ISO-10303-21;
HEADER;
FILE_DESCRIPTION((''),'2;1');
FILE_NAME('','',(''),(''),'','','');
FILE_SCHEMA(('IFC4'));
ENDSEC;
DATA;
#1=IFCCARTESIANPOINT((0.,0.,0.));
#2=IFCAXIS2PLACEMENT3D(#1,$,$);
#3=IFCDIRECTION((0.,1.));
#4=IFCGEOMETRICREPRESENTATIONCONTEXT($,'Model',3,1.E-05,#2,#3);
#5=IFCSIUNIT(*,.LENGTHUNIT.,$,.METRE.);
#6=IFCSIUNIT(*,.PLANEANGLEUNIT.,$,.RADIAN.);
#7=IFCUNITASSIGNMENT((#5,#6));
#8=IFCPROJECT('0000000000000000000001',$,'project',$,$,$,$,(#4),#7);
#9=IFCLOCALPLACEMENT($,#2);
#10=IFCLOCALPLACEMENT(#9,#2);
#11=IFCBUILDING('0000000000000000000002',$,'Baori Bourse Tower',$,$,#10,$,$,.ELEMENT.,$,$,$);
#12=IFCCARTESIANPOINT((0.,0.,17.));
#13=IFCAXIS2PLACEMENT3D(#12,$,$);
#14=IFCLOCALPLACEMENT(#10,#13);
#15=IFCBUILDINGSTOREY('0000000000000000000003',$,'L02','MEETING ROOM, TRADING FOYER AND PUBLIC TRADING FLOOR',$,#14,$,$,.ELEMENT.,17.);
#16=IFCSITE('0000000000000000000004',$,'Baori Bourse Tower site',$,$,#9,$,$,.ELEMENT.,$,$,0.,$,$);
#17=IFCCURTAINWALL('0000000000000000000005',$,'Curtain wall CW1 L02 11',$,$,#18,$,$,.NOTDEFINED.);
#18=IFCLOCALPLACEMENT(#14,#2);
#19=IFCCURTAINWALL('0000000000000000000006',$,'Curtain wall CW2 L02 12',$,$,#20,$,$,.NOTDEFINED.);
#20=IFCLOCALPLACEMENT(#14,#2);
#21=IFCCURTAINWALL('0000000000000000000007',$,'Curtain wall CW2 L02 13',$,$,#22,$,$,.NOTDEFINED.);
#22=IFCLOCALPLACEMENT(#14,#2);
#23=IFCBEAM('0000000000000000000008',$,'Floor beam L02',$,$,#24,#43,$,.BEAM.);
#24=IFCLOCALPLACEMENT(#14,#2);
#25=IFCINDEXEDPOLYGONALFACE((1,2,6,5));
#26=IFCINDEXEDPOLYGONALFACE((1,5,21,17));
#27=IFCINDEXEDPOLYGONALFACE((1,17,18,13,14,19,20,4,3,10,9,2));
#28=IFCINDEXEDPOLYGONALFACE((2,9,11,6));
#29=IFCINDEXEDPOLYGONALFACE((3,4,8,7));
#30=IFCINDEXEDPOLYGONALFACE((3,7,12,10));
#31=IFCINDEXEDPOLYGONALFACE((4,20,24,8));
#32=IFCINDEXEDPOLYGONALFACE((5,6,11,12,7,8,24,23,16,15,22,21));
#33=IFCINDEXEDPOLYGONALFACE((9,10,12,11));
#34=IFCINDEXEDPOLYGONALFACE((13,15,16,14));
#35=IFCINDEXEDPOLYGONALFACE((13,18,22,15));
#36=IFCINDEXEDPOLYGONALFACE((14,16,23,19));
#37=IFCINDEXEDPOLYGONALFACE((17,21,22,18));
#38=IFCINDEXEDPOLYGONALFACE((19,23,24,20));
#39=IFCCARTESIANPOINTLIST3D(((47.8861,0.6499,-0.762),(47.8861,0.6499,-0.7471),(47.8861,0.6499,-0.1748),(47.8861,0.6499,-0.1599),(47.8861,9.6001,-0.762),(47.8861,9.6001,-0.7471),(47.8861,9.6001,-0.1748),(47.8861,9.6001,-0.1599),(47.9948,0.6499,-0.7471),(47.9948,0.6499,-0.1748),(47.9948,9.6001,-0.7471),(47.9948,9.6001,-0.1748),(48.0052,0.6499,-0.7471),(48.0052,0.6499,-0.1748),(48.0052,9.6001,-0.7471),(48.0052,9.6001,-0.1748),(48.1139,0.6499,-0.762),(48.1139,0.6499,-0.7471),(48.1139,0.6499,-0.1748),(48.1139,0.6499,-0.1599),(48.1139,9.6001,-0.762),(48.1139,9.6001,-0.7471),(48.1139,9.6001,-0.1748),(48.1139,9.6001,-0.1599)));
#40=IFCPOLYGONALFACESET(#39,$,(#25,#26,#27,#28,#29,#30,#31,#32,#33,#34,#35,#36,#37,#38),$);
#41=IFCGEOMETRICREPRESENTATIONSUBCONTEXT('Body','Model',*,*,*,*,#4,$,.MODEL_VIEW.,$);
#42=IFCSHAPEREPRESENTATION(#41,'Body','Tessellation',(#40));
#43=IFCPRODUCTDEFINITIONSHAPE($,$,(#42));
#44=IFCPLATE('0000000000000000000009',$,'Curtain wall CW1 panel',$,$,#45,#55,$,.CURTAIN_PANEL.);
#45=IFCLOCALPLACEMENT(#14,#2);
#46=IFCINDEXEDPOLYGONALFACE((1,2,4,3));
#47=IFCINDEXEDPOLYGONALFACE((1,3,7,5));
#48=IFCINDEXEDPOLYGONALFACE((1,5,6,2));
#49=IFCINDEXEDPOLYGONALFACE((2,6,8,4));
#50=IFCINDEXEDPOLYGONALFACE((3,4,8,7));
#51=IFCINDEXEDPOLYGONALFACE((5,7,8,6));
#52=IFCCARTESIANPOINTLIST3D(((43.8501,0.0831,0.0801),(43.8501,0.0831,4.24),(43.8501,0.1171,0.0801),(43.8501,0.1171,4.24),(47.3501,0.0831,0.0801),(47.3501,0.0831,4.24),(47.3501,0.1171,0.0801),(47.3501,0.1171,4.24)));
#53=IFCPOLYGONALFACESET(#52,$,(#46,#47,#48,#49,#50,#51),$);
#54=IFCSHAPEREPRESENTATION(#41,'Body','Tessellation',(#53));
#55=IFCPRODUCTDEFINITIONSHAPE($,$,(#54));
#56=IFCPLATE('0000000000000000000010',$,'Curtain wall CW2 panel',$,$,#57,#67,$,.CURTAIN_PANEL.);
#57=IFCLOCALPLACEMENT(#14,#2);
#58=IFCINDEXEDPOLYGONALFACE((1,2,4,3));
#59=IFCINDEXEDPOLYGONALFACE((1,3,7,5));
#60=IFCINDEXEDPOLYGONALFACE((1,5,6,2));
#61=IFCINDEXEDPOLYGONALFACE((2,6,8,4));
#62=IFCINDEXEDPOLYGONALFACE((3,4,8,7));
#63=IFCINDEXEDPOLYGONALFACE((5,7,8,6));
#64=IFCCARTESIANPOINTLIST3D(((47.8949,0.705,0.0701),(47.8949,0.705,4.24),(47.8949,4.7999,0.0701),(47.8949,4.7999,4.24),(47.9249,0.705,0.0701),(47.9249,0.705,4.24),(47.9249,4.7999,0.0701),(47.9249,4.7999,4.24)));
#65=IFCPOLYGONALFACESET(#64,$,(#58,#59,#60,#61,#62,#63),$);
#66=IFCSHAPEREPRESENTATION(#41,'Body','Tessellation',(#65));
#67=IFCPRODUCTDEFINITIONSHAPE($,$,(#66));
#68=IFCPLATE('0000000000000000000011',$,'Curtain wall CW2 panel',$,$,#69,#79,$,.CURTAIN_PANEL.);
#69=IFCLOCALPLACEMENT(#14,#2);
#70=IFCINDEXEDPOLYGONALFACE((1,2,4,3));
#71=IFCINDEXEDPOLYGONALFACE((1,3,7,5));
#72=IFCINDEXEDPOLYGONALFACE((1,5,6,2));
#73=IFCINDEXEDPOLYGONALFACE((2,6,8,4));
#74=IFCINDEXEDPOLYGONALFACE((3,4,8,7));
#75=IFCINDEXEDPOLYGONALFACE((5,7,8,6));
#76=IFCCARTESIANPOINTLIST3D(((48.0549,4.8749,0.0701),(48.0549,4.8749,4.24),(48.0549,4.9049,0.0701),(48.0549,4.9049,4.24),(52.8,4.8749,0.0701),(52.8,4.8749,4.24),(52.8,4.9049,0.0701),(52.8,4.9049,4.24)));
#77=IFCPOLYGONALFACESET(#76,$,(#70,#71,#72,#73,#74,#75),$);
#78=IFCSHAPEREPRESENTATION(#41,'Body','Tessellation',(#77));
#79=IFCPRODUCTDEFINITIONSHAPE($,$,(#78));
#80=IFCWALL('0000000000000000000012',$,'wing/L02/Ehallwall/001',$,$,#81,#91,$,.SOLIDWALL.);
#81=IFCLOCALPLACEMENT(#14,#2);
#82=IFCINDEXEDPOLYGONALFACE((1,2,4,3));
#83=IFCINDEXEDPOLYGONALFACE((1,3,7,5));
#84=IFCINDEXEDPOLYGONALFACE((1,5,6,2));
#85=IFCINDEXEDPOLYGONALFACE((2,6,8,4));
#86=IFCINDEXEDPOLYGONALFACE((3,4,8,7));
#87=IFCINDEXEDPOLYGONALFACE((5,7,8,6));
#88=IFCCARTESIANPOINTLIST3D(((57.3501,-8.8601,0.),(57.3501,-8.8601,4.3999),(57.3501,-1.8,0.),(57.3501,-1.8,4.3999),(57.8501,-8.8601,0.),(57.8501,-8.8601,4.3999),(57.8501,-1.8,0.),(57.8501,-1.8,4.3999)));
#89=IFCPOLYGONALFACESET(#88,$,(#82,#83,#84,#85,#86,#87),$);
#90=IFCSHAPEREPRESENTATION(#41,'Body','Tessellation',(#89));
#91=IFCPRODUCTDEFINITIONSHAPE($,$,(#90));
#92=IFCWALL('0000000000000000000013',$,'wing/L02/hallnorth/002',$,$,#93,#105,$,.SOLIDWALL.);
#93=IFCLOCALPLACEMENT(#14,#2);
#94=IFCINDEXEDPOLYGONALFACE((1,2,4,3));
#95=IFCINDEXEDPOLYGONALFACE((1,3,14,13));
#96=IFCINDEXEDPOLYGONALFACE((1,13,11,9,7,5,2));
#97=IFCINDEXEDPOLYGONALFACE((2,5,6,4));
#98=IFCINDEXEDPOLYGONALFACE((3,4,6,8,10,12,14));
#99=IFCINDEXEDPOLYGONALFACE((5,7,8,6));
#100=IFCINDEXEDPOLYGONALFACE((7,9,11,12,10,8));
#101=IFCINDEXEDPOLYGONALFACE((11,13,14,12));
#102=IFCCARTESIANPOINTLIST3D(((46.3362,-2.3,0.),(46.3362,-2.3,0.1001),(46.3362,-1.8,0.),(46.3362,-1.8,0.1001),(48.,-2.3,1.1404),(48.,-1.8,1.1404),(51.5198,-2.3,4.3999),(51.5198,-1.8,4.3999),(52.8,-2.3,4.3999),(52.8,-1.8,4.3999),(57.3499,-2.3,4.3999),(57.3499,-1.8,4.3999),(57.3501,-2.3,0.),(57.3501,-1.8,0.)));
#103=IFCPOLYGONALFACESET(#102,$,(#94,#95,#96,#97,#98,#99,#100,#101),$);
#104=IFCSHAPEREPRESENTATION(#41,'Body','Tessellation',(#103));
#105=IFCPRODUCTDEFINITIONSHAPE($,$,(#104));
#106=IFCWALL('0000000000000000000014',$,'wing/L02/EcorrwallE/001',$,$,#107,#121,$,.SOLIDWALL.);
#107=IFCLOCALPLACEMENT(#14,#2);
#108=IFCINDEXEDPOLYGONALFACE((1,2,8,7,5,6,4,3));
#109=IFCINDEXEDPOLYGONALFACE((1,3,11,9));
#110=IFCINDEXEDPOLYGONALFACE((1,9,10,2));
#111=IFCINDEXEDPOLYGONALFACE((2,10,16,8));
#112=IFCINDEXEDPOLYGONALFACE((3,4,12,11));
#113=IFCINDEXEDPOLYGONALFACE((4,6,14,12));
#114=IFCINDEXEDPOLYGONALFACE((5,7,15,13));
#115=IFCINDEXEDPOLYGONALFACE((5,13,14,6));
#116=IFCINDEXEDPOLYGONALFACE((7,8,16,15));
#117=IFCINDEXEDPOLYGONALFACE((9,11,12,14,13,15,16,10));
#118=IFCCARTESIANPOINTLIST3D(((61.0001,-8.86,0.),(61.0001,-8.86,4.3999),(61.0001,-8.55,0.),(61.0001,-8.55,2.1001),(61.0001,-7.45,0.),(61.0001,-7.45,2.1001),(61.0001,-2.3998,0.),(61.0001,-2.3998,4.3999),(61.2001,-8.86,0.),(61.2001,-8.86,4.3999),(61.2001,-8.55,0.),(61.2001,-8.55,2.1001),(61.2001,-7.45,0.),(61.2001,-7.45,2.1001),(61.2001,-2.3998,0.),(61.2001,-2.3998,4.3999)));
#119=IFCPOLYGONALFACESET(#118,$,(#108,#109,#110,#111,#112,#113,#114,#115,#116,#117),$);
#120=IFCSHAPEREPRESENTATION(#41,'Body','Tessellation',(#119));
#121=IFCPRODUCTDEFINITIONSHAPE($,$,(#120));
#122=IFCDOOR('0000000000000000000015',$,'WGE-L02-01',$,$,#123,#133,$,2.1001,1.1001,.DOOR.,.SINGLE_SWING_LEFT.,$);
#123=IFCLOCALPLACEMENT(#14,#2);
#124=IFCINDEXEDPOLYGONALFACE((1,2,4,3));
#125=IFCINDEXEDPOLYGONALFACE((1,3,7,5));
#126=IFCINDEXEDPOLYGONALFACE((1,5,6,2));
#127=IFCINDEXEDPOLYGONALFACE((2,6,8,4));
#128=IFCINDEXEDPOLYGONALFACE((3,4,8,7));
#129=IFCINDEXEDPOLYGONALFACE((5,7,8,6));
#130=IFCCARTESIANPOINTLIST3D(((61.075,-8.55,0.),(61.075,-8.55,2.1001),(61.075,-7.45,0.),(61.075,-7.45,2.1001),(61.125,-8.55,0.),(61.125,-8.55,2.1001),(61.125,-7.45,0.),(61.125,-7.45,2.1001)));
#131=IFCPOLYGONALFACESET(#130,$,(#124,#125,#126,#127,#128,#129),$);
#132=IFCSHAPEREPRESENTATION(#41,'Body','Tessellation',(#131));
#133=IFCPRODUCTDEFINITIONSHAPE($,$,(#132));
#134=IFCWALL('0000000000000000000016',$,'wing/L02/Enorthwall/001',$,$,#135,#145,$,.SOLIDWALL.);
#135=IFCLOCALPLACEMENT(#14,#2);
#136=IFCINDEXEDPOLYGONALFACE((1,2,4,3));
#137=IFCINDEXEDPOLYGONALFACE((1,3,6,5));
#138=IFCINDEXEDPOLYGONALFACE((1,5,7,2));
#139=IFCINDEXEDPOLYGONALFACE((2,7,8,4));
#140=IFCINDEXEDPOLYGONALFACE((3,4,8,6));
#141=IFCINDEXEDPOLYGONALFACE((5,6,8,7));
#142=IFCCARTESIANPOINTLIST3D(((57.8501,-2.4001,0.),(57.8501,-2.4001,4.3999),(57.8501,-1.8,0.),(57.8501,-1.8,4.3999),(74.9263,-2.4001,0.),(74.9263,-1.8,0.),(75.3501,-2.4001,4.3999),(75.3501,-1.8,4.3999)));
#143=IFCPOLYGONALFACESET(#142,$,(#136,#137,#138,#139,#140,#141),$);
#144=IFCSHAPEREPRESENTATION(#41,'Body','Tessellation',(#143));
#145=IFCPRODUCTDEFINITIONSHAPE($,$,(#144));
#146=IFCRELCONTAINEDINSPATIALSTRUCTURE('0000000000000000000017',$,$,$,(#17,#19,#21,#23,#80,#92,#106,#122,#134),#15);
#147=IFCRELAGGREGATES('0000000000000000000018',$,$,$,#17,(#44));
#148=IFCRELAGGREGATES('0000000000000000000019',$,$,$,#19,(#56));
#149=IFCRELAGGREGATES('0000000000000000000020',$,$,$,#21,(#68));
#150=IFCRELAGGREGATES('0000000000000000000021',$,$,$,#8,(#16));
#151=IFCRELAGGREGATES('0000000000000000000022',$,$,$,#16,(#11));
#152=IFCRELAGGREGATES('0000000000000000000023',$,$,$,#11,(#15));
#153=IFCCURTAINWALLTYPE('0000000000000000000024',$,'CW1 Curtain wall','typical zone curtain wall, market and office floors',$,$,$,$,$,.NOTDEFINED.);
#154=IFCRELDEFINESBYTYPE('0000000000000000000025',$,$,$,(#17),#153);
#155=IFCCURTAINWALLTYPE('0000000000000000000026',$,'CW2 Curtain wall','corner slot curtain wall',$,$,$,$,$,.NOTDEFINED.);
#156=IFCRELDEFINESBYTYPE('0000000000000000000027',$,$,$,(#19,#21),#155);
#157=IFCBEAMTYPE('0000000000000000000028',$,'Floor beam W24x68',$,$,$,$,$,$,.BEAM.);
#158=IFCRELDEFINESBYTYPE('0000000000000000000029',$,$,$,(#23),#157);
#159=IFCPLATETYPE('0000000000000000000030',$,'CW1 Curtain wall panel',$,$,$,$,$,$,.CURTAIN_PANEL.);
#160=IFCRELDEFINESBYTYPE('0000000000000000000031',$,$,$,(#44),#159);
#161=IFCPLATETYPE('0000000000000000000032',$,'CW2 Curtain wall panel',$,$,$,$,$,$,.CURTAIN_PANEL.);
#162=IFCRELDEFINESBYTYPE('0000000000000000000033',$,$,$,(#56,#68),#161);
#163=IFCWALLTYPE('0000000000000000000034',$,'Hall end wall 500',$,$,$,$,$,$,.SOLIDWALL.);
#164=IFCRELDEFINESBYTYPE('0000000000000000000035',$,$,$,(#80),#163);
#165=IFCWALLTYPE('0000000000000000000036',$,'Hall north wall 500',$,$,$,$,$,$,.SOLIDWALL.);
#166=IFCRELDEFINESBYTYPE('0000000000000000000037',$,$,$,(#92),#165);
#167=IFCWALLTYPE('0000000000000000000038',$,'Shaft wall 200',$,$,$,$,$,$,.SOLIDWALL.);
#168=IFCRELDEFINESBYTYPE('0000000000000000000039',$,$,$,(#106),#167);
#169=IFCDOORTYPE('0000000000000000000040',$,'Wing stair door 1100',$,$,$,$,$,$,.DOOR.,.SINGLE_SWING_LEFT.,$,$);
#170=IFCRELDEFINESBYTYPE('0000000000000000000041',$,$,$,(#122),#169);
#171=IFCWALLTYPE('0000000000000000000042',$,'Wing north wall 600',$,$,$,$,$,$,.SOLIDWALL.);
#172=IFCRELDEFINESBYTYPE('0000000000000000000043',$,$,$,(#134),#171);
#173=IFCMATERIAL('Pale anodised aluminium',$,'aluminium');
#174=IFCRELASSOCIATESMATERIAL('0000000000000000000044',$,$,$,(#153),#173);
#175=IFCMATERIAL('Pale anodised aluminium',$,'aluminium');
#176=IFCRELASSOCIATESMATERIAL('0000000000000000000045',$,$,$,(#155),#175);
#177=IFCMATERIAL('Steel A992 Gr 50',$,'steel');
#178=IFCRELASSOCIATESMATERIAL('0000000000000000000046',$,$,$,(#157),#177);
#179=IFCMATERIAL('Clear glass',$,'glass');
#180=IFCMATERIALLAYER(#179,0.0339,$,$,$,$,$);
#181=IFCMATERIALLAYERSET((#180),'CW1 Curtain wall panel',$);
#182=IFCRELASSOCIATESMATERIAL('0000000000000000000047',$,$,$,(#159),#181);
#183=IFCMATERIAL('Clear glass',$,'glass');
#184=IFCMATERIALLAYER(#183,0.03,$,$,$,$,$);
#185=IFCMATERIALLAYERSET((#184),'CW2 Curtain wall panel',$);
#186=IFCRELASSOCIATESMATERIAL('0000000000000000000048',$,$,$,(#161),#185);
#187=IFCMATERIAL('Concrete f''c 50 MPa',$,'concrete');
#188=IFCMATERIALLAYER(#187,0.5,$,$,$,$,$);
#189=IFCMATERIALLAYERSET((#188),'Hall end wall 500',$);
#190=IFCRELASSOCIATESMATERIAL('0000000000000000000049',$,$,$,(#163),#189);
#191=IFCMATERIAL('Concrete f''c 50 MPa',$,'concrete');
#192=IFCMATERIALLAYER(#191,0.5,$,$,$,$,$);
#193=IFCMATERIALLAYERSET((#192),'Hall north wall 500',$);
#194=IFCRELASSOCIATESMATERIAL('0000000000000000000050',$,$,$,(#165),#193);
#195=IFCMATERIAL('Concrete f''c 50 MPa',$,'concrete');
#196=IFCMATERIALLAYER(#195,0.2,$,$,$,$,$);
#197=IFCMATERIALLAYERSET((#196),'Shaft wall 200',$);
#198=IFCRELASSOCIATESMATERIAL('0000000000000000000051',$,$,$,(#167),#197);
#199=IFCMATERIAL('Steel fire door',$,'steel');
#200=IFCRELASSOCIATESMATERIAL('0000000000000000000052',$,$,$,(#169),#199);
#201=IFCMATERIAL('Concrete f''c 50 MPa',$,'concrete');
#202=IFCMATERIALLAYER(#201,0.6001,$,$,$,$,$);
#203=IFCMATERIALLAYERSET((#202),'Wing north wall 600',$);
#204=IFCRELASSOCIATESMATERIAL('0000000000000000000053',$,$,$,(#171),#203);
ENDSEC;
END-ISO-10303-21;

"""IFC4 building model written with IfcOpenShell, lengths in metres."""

from ifc_helpers import new_model, si_unit, direction, frame, frame_2d, origin, origin_2d, place, context, subcontext, project, spatial, polyline, rectangle, i_section, outline, extrude, material, layer, layer_set, material_profile, profile_set, type_object, element, fill, aggregate, save


model = new_model("IFC4")

# Units and contexts
model_context = context("Model", 3, precision=1e-05, world=origin(), true_north=direction((0.0, 1.0)))
body_context = subcontext(model_context, "Body", "Model", "MODEL_VIEW")
ifc_project = project(units=[si_unit("LENGTHUNIT", "METRE"), si_unit("PLANEANGLEUNIT", "RADIAN")], contexts=[model_context])

# Site, building, storey
site_placement = place(None, origin())
site = spatial("IfcSite", under=ifc_project, at=site_placement, Name="Baori Bourse Tower site", CompositionType="ELEMENT", RefElevation=0.0)
building_placement = place(site_placement, origin())
building = spatial("IfcBuilding", under=site, at=building_placement, Name="Baori Bourse Tower", CompositionType="ELEMENT")
storey_placement = place(building_placement, frame((0.0, 0.0, 17.0)))
storey = spatial("IfcBuildingStorey", under=building, at=storey_placement, Name="L02", Description="MEETING ROOM, TRADING FOYER AND PUBLIC TRADING FLOOR", CompositionType="ELEMENT", Elevation=17.0)

# Curtain walls
ifc_material_1 = material(Name="Pale anodised aluminium", Category="aluminium")
curtain_wall_type_1 = type_object("IfcCurtainWallType", Name="CW1 Curtain wall", Description="typical zone curtain wall, market and office floors", PredefinedType="NOTDEFINED", material=ifc_material_1)
curtain_wall_1_placement = place(storey_placement, origin())
curtain_wall_1 = element("IfcCurtainWall", 1, at=curtain_wall_1_placement, inside=storey, type_object=curtain_wall_type_1, Name="Curtain wall CW1 L02 11", PredefinedType="NOTDEFINED")
ifc_material_2 = material(Name="Pale anodised aluminium", Category="aluminium")
curtain_wall_type_2 = type_object("IfcCurtainWallType", Name="CW2 Curtain wall", Description="corner slot curtain wall", PredefinedType="NOTDEFINED", material=ifc_material_2)
curtain_wall_2_placement = place(storey_placement, origin())
curtain_wall_2 = element("IfcCurtainWall", 2, at=curtain_wall_2_placement, inside=storey, type_object=curtain_wall_type_2, Name="Curtain wall CW2 L02 12", PredefinedType="NOTDEFINED")
curtain_wall_3_placement = place(storey_placement, origin())
curtain_wall_3 = element("IfcCurtainWall", 3, at=curtain_wall_3_placement, inside=storey, type_object=curtain_wall_type_2, Name="Curtain wall CW2 L02 13", PredefinedType="NOTDEFINED")

# Beam
ifc_material_3 = material(Name="Steel A992 Gr 50", Category="steel")
ifc_material_profile_1 = material_profile(ifc_material_3, i_section(OverallWidth=0.2278, OverallDepth=0.6021, WebThickness=0.0105, FlangeThickness=0.0149, at=origin_2d()), Name="W24x68")
ifc_profile_set_1 = profile_set([ifc_material_profile_1], Name="Steel A992 Gr 50")
beam_type_1 = type_object("IfcBeamType", Name="Floor beam W24x68", PredefinedType="BEAM", material=ifc_profile_set_1)
beam_1_placement = place(storey_placement, frame((48.0, 0.6499, -0.4609), z_axis=(0.0, 1.0, 0.0), x_axis=(-1.0, 0.0, 0.0)))
element("IfcBeam", 4, at=beam_1_placement, inside=storey, type_object=beam_type_1, Name="Floor beam L02", PredefinedType="BEAM", context=body_context, shape_type="SweptSolid", body=[
    extrude(i_section(OverallWidth=0.2278, OverallDepth=0.6021, WebThickness=0.0105, FlangeThickness=0.0149, at=origin_2d()), origin(), (0.0, 0.0, 1.0), 8.9502),
])

# Plates
ifc_material_4 = material(Name="Clear glass", Category="glass")
ifc_layer_1 = layer(ifc_material_4, 0.0339)
ifc_layer_set_1 = layer_set([ifc_layer_1], Name="CW1 Curtain wall panel")
plate_type_1 = type_object("IfcPlateType", Name="CW1 Curtain wall panel", PredefinedType="CURTAIN_PANEL", material=ifc_layer_set_1)
plate_1_placement = place(storey_placement, frame((45.6001, 0.1001, 0.0801), z_axis=(0.0, 0.0, 1.0), x_axis=(1.0, 0.0, 0.0)))
plate_1 = element("IfcPlate", 5, at=plate_1_placement, type_object=plate_type_1, Name="Curtain wall CW1 panel", PredefinedType="CURTAIN_PANEL", context=body_context, shape_type="SweptSolid", body=[
    extrude(rectangle(XDim=3.5, YDim=0.0339, at=origin_2d()), origin(), (0.0, 0.0, 1.0), 4.1599),
])
aggregate(curtain_wall_1, [plate_1])
ifc_material_5 = material(Name="Clear glass", Category="glass")
ifc_layer_2 = layer(ifc_material_5, 0.03)
ifc_layer_set_2 = layer_set([ifc_layer_2], Name="CW2 Curtain wall panel")
plate_type_2 = type_object("IfcPlateType", Name="CW2 Curtain wall panel", PredefinedType="CURTAIN_PANEL", material=ifc_layer_set_2)
plate_2_placement = place(storey_placement, frame((47.9099, 2.7524, 0.0701), z_axis=(0.0, 0.0, 1.0), x_axis=(0.0, 1.0, 0.0)))
plate_2 = element("IfcPlate", 6, at=plate_2_placement, type_object=plate_type_2, Name="Curtain wall CW2 panel", PredefinedType="CURTAIN_PANEL", context=body_context, shape_type="SweptSolid", body=[
    extrude(rectangle(XDim=4.095, YDim=0.03, at=origin_2d()), origin(), (0.0, 0.0, 1.0), 4.1699),
])
aggregate(curtain_wall_2, [plate_2])
plate_3_placement = place(storey_placement, frame((50.4275, 4.8899, 0.0701), z_axis=(0.0, 0.0, 1.0), x_axis=(1.0, 0.0, 0.0)))
plate_3 = element("IfcPlate", 7, at=plate_3_placement, type_object=plate_type_2, Name="Curtain wall CW2 panel", PredefinedType="CURTAIN_PANEL", context=body_context, shape_type="SweptSolid", body=[
    extrude(rectangle(XDim=4.7451, YDim=0.03, at=origin_2d()), origin(), (0.0, 0.0, 1.0), 4.1699),
])
aggregate(curtain_wall_3, [plate_3])

# Walls
ifc_material_6 = material(Name="Concrete f'c 50 MPa", Category="concrete")
ifc_layer_3 = layer(ifc_material_6, 0.5)
ifc_layer_set_3 = layer_set([ifc_layer_3], Name="Hall end wall 500")
wall_type_1 = type_object("IfcWallType", Name="Hall end wall 500", PredefinedType="SOLIDWALL", material=ifc_layer_set_3)
wall_1_placement = place(storey_placement, frame((57.6001, -1.8, 0.0), z_axis=(0.0, 0.0, 1.0), x_axis=(0.0, -1.0, 0.0)))
element("IfcWall", 8, at=wall_1_placement, inside=storey, type_object=wall_type_1, Name="wing/L02/Ehallwall/001", PredefinedType="SOLIDWALL", context=body_context, shape_type="SweptSolid", body=[
    extrude(rectangle(XDim=7.0601, YDim=0.5, at=frame_2d((3.53, 0.0))), origin(), (0.0, 0.0, 1.0), 4.3999),
])
ifc_material_7 = material(Name="Concrete f'c 50 MPa", Category="concrete")
ifc_layer_4 = layer(ifc_material_7, 0.5)
ifc_layer_set_4 = layer_set([ifc_layer_4], Name="Hall north wall 500")
wall_type_2 = type_object("IfcWallType", Name="Hall north wall 500", PredefinedType="SOLIDWALL", material=ifc_layer_set_4)
wall_2_placement = place(storey_placement, frame((46.3362, -2.05, 0.0), z_axis=(0.0, 0.0, 1.0), x_axis=(1.0, 0.0, 0.0)))
element("IfcWall", 9, at=wall_2_placement, inside=storey, type_object=wall_type_2, Name="wing/L02/hallnorth/002", PredefinedType="SOLIDWALL", context=body_context, shape_type="SweptSolid", body=[
    extrude(outline(polyline([(0.0, 0.0), (11.0139, 0.0), (11.0137, 4.3999), (6.4639, 4.3999), (5.1836, 4.3999), (1.6638, 1.1404), (0.0, 0.1001), (0.0, 0.0)])), frame((0.0, 0.25, 0.0), z_axis=(0.0, -1.0, 0.0), x_axis=(1.0, 0.0, 0.0)), (0.0, 0.0, 1.0), 0.5),
])

# Wall, opening, door
ifc_material_8 = material(Name="Concrete f'c 50 MPa", Category="concrete")
ifc_layer_5 = layer(ifc_material_8, 0.2)
ifc_layer_set_5 = layer_set([ifc_layer_5], Name="Shaft wall 200")
wall_type_3 = type_object("IfcWallType", Name="Shaft wall 200", PredefinedType="SOLIDWALL", material=ifc_layer_set_5)
wall_3_placement = place(storey_placement, frame((61.1001, -2.3999, 0.0), z_axis=(0.0, 0.0, 1.0), x_axis=(0.0, -1.0, 0.0)))
wall_3 = element("IfcWall", 10, at=wall_3_placement, inside=storey, type_object=wall_type_3, Name="wing/L02/EcorrwallE/001", PredefinedType="SOLIDWALL", context=body_context, shape_type="SweptSolid", body=[
    extrude(rectangle(XDim=6.4602, YDim=0.2, at=frame_2d((3.23, 0.0))), origin(), (0.0, 0.0, 1.0), 4.3999),
])
opening_placement = place(wall_3_placement, frame((5.05, 0.0, 0.0)))
opening = element("IfcOpeningElement", 11, at=opening_placement, cuts=wall_3, PredefinedType="OPENING", context=body_context, shape_type="SweptSolid", body=[
    extrude(rectangle(XDim=1.1001, YDim=2.1001, at=frame_2d((0.55, 1.05))), frame((0.0, 0.1099, 0.0), z_axis=(0.0, -1.0, 0.0), x_axis=(1.0, 0.0, 0.0)), (0.0, 0.0, 1.0), 0.22),
])
ifc_material_9 = material(Name="Steel fire door", Category="steel")
door_type = type_object("IfcDoorType", Name="Wing stair door 1100", OperationType="SINGLE_SWING_LEFT", PredefinedType="DOOR", material=ifc_material_9)
door_placement = place(opening_placement, origin())
door = element("IfcDoor", 12, at=door_placement, inside=storey, type_object=door_type, Name="WGE-L02-01", OperationType="SINGLE_SWING_LEFT", OverallHeight=2.1001, OverallWidth=1.1001, PredefinedType="DOOR", context=body_context, shape_type="SweptSolid", body=[
    extrude(rectangle(XDim=1.1001, YDim=2.1001, at=frame_2d((0.55, 1.05))), frame((0.0, 0.0249, 0.0), z_axis=(0.0, -1.0, 0.0), x_axis=(1.0, 0.0, 0.0)), (0.0, 0.0, 1.0), 0.05),
])
fill(opening, door)

# Wall
ifc_material_10 = material(Name="Concrete f'c 50 MPa", Category="concrete")
ifc_layer_6 = layer(ifc_material_10, 0.6001)
ifc_layer_set_6 = layer_set([ifc_layer_6], Name="Wing north wall 600")
wall_type_4 = type_object("IfcWallType", Name="Wing north wall 600", PredefinedType="SOLIDWALL", material=ifc_layer_set_6)
wall_4_placement = place(storey_placement, frame((57.8501, -2.1001, 0.0), z_axis=(0.0, 0.0, 1.0), x_axis=(1.0, 0.0, 0.0)))
element("IfcWall", 13, at=wall_4_placement, inside=storey, type_object=wall_type_4, Name="wing/L02/Enorthwall/001", PredefinedType="SOLIDWALL", context=body_context, shape_type="SweptSolid", body=[
    extrude(outline(polyline([(0.0, 0.0), (17.0762, 0.0), (17.5, 4.3999), (0.0, 4.3999), (0.0, 0.0)])), frame((0.0, 0.3, 0.0), z_axis=(0.0, -1.0, 0.0), x_axis=(1.0, 0.0, 0.0)), (0.0, 0.0, 1.0), 0.6001),
])

save(model, "model.ifc")
